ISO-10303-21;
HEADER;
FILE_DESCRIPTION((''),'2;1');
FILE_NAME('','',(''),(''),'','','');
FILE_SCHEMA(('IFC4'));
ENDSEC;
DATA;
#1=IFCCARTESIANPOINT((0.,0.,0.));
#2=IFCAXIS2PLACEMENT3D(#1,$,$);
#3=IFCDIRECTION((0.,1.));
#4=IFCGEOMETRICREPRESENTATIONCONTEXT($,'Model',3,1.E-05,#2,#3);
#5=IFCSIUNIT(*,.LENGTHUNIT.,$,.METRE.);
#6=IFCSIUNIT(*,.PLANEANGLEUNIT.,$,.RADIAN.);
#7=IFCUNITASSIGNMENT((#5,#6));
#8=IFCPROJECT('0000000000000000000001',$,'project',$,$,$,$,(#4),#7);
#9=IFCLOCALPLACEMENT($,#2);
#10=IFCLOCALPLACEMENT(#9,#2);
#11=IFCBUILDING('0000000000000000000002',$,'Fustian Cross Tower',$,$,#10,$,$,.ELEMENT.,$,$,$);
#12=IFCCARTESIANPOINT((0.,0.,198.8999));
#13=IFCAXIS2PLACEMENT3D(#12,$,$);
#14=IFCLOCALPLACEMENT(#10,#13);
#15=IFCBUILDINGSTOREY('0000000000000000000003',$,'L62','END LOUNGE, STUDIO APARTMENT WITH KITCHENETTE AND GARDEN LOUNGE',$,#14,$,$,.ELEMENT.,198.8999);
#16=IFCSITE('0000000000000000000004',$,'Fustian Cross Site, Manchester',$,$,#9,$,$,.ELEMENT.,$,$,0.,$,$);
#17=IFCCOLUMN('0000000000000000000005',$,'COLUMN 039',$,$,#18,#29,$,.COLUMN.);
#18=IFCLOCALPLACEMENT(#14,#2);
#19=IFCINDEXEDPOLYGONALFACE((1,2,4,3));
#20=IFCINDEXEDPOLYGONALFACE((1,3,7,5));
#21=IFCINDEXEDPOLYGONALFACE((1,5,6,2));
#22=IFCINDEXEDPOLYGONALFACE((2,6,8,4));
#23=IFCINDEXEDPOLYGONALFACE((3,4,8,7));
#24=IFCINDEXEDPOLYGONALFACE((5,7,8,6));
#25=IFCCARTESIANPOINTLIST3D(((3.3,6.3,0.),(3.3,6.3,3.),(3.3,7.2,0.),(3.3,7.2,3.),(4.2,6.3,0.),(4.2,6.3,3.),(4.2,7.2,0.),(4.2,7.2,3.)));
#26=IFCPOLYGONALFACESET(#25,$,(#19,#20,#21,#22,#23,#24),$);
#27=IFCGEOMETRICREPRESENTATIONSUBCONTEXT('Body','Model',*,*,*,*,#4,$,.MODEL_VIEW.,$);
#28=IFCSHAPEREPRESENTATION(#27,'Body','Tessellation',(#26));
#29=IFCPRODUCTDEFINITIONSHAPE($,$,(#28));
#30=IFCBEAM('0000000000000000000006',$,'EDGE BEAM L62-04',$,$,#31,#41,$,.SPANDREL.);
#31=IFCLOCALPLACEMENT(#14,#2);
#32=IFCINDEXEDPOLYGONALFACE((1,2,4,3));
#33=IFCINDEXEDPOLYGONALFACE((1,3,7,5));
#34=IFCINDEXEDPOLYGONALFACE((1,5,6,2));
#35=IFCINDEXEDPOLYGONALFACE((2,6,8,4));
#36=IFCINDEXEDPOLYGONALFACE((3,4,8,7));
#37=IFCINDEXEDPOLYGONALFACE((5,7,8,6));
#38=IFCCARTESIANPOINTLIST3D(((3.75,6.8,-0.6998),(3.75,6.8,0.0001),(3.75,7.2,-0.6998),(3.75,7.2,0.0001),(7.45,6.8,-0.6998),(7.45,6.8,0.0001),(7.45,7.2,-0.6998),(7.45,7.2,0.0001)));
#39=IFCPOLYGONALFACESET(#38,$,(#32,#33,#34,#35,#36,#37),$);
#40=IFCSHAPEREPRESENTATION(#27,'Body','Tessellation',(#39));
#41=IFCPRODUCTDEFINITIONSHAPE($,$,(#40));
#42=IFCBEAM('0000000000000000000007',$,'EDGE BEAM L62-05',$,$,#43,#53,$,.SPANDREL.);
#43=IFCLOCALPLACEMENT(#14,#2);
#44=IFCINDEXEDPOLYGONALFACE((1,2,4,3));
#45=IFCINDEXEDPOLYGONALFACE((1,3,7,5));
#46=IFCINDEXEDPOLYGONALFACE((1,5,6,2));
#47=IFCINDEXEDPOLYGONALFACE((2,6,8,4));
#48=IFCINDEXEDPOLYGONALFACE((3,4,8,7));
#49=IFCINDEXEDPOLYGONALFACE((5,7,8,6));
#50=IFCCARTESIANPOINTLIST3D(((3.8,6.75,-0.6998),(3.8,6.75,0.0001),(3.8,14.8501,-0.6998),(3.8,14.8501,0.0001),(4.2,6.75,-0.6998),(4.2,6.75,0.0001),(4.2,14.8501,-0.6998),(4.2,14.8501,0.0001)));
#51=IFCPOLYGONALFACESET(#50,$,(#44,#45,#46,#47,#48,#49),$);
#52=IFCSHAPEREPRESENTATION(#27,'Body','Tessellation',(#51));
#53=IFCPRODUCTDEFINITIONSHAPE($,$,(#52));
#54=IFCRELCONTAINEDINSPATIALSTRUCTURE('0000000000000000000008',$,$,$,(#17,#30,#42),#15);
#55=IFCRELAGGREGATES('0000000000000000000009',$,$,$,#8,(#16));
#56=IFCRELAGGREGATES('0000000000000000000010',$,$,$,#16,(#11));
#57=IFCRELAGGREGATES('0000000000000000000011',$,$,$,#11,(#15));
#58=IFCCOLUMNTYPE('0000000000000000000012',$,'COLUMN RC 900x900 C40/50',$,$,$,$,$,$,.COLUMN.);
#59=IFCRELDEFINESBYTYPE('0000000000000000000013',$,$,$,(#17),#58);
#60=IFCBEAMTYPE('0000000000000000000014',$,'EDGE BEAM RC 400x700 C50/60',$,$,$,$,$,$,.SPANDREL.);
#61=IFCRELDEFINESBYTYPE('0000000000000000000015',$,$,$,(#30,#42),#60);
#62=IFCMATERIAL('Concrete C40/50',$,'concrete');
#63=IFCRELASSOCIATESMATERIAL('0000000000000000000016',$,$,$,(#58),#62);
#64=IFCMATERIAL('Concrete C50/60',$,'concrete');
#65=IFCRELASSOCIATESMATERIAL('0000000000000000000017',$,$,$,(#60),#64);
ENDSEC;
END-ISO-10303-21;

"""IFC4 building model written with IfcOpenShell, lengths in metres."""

from ifc_helpers import new_model, si_unit, direction, frame, origin, origin_2d, place, context, subcontext, project, spatial, rectangle, extrude, material, material_profile, profile_set, type_object, element, save


model = new_model("IFC4")

# Units and contexts
model_context = context("Model", 3, precision=1e-05, world=origin(), true_north=direction((0.0, 1.0)))
body_context = subcontext(model_context, "Body", "Model", "MODEL_VIEW")
ifc_project = project(units=[si_unit("LENGTHUNIT", "METRE"), si_unit("PLANEANGLEUNIT", "RADIAN")], contexts=[model_context])

# Site, building, storey
site_placement = place(None, origin())
site = spatial("IfcSite", under=ifc_project, at=site_placement, Name="Fustian Cross Site, Manchester", CompositionType="ELEMENT", RefElevation=0.0)
building_placement = place(site_placement, origin())
building = spatial("IfcBuilding", under=site, at=building_placement, Name="Fustian Cross Tower", CompositionType="ELEMENT")
storey_placement = place(building_placement, frame((0.0, 0.0, 198.8999)))
storey = spatial("IfcBuildingStorey", under=building, at=storey_placement, Name="L62", Description="END LOUNGE, STUDIO APARTMENT WITH KITCHENETTE AND GARDEN LOUNGE", CompositionType="ELEMENT", Elevation=198.8999)

# Column
ifc_material_1 = material(Name="Concrete C40/50", Category="concrete")
ifc_material_profile_1 = material_profile(ifc_material_1, rectangle(XDim=0.8999, YDim=0.8999, at=origin_2d()), Name="RC 900x900")
ifc_profile_set_1 = profile_set([ifc_material_profile_1], Name="Concrete C40/50")
column_type = type_object("IfcColumnType", Name="COLUMN RC 900x900 C40/50", PredefinedType="COLUMN", material=ifc_profile_set_1)
column_placement = place(storey_placement, frame((3.75, 6.75, 0.0), z_axis=(0.0, 0.0, 1.0), x_axis=(1.0, 0.0, 0.0)))
element("IfcColumn", 1, at=column_placement, inside=storey, type_object=column_type, Name="COLUMN 039", PredefinedType="COLUMN", context=body_context, shape_type="SweptSolid", body=[
    extrude(rectangle(XDim=0.8999, YDim=0.8999, at=origin_2d()), origin(), (0.0, 0.0, 1.0), 3.0),
])

# Beams
ifc_material_2 = material(Name="Concrete C50/60", Category="concrete")
ifc_material_profile_2 = material_profile(ifc_material_2, rectangle(XDim=0.3999, YDim=0.7, at=origin_2d()), Name="RC 400x700")
ifc_profile_set_2 = profile_set([ifc_material_profile_2], Name="Concrete C50/60")
beam_type = type_object("IfcBeamType", Name="EDGE BEAM RC 400x700 C50/60", PredefinedType="SPANDREL", material=ifc_profile_set_2)
beam_1_placement = place(storey_placement, frame((7.45, 7.0, -0.3499), z_axis=(-1.0, 0.0, 0.0), x_axis=(0.0, -1.0, 0.0)))
element("IfcBeam", 2, at=beam_1_placement, inside=storey, type_object=beam_type, Name="EDGE BEAM L62-04", PredefinedType="SPANDREL", context=body_context, shape_type="SweptSolid", body=[
    extrude(rectangle(XDim=0.3999, YDim=0.7, at=origin_2d()), origin(), (0.0, 0.0, 1.0), 3.7),
])
beam_2_placement = place(storey_placement, frame((4.0, 6.75, -0.3499), z_axis=(0.0, 1.0, 0.0), x_axis=(-1.0, 0.0, 0.0)))
element("IfcBeam", 3, at=beam_2_placement, inside=storey, type_object=beam_type, Name="EDGE BEAM L62-05", PredefinedType="SPANDREL", context=body_context, shape_type="SweptSolid", body=[
    extrude(rectangle(XDim=0.3999, YDim=0.7, at=origin_2d()), origin(), (0.0, 0.0, 1.0), 8.1001),
])

save(model, "model.ifc")
